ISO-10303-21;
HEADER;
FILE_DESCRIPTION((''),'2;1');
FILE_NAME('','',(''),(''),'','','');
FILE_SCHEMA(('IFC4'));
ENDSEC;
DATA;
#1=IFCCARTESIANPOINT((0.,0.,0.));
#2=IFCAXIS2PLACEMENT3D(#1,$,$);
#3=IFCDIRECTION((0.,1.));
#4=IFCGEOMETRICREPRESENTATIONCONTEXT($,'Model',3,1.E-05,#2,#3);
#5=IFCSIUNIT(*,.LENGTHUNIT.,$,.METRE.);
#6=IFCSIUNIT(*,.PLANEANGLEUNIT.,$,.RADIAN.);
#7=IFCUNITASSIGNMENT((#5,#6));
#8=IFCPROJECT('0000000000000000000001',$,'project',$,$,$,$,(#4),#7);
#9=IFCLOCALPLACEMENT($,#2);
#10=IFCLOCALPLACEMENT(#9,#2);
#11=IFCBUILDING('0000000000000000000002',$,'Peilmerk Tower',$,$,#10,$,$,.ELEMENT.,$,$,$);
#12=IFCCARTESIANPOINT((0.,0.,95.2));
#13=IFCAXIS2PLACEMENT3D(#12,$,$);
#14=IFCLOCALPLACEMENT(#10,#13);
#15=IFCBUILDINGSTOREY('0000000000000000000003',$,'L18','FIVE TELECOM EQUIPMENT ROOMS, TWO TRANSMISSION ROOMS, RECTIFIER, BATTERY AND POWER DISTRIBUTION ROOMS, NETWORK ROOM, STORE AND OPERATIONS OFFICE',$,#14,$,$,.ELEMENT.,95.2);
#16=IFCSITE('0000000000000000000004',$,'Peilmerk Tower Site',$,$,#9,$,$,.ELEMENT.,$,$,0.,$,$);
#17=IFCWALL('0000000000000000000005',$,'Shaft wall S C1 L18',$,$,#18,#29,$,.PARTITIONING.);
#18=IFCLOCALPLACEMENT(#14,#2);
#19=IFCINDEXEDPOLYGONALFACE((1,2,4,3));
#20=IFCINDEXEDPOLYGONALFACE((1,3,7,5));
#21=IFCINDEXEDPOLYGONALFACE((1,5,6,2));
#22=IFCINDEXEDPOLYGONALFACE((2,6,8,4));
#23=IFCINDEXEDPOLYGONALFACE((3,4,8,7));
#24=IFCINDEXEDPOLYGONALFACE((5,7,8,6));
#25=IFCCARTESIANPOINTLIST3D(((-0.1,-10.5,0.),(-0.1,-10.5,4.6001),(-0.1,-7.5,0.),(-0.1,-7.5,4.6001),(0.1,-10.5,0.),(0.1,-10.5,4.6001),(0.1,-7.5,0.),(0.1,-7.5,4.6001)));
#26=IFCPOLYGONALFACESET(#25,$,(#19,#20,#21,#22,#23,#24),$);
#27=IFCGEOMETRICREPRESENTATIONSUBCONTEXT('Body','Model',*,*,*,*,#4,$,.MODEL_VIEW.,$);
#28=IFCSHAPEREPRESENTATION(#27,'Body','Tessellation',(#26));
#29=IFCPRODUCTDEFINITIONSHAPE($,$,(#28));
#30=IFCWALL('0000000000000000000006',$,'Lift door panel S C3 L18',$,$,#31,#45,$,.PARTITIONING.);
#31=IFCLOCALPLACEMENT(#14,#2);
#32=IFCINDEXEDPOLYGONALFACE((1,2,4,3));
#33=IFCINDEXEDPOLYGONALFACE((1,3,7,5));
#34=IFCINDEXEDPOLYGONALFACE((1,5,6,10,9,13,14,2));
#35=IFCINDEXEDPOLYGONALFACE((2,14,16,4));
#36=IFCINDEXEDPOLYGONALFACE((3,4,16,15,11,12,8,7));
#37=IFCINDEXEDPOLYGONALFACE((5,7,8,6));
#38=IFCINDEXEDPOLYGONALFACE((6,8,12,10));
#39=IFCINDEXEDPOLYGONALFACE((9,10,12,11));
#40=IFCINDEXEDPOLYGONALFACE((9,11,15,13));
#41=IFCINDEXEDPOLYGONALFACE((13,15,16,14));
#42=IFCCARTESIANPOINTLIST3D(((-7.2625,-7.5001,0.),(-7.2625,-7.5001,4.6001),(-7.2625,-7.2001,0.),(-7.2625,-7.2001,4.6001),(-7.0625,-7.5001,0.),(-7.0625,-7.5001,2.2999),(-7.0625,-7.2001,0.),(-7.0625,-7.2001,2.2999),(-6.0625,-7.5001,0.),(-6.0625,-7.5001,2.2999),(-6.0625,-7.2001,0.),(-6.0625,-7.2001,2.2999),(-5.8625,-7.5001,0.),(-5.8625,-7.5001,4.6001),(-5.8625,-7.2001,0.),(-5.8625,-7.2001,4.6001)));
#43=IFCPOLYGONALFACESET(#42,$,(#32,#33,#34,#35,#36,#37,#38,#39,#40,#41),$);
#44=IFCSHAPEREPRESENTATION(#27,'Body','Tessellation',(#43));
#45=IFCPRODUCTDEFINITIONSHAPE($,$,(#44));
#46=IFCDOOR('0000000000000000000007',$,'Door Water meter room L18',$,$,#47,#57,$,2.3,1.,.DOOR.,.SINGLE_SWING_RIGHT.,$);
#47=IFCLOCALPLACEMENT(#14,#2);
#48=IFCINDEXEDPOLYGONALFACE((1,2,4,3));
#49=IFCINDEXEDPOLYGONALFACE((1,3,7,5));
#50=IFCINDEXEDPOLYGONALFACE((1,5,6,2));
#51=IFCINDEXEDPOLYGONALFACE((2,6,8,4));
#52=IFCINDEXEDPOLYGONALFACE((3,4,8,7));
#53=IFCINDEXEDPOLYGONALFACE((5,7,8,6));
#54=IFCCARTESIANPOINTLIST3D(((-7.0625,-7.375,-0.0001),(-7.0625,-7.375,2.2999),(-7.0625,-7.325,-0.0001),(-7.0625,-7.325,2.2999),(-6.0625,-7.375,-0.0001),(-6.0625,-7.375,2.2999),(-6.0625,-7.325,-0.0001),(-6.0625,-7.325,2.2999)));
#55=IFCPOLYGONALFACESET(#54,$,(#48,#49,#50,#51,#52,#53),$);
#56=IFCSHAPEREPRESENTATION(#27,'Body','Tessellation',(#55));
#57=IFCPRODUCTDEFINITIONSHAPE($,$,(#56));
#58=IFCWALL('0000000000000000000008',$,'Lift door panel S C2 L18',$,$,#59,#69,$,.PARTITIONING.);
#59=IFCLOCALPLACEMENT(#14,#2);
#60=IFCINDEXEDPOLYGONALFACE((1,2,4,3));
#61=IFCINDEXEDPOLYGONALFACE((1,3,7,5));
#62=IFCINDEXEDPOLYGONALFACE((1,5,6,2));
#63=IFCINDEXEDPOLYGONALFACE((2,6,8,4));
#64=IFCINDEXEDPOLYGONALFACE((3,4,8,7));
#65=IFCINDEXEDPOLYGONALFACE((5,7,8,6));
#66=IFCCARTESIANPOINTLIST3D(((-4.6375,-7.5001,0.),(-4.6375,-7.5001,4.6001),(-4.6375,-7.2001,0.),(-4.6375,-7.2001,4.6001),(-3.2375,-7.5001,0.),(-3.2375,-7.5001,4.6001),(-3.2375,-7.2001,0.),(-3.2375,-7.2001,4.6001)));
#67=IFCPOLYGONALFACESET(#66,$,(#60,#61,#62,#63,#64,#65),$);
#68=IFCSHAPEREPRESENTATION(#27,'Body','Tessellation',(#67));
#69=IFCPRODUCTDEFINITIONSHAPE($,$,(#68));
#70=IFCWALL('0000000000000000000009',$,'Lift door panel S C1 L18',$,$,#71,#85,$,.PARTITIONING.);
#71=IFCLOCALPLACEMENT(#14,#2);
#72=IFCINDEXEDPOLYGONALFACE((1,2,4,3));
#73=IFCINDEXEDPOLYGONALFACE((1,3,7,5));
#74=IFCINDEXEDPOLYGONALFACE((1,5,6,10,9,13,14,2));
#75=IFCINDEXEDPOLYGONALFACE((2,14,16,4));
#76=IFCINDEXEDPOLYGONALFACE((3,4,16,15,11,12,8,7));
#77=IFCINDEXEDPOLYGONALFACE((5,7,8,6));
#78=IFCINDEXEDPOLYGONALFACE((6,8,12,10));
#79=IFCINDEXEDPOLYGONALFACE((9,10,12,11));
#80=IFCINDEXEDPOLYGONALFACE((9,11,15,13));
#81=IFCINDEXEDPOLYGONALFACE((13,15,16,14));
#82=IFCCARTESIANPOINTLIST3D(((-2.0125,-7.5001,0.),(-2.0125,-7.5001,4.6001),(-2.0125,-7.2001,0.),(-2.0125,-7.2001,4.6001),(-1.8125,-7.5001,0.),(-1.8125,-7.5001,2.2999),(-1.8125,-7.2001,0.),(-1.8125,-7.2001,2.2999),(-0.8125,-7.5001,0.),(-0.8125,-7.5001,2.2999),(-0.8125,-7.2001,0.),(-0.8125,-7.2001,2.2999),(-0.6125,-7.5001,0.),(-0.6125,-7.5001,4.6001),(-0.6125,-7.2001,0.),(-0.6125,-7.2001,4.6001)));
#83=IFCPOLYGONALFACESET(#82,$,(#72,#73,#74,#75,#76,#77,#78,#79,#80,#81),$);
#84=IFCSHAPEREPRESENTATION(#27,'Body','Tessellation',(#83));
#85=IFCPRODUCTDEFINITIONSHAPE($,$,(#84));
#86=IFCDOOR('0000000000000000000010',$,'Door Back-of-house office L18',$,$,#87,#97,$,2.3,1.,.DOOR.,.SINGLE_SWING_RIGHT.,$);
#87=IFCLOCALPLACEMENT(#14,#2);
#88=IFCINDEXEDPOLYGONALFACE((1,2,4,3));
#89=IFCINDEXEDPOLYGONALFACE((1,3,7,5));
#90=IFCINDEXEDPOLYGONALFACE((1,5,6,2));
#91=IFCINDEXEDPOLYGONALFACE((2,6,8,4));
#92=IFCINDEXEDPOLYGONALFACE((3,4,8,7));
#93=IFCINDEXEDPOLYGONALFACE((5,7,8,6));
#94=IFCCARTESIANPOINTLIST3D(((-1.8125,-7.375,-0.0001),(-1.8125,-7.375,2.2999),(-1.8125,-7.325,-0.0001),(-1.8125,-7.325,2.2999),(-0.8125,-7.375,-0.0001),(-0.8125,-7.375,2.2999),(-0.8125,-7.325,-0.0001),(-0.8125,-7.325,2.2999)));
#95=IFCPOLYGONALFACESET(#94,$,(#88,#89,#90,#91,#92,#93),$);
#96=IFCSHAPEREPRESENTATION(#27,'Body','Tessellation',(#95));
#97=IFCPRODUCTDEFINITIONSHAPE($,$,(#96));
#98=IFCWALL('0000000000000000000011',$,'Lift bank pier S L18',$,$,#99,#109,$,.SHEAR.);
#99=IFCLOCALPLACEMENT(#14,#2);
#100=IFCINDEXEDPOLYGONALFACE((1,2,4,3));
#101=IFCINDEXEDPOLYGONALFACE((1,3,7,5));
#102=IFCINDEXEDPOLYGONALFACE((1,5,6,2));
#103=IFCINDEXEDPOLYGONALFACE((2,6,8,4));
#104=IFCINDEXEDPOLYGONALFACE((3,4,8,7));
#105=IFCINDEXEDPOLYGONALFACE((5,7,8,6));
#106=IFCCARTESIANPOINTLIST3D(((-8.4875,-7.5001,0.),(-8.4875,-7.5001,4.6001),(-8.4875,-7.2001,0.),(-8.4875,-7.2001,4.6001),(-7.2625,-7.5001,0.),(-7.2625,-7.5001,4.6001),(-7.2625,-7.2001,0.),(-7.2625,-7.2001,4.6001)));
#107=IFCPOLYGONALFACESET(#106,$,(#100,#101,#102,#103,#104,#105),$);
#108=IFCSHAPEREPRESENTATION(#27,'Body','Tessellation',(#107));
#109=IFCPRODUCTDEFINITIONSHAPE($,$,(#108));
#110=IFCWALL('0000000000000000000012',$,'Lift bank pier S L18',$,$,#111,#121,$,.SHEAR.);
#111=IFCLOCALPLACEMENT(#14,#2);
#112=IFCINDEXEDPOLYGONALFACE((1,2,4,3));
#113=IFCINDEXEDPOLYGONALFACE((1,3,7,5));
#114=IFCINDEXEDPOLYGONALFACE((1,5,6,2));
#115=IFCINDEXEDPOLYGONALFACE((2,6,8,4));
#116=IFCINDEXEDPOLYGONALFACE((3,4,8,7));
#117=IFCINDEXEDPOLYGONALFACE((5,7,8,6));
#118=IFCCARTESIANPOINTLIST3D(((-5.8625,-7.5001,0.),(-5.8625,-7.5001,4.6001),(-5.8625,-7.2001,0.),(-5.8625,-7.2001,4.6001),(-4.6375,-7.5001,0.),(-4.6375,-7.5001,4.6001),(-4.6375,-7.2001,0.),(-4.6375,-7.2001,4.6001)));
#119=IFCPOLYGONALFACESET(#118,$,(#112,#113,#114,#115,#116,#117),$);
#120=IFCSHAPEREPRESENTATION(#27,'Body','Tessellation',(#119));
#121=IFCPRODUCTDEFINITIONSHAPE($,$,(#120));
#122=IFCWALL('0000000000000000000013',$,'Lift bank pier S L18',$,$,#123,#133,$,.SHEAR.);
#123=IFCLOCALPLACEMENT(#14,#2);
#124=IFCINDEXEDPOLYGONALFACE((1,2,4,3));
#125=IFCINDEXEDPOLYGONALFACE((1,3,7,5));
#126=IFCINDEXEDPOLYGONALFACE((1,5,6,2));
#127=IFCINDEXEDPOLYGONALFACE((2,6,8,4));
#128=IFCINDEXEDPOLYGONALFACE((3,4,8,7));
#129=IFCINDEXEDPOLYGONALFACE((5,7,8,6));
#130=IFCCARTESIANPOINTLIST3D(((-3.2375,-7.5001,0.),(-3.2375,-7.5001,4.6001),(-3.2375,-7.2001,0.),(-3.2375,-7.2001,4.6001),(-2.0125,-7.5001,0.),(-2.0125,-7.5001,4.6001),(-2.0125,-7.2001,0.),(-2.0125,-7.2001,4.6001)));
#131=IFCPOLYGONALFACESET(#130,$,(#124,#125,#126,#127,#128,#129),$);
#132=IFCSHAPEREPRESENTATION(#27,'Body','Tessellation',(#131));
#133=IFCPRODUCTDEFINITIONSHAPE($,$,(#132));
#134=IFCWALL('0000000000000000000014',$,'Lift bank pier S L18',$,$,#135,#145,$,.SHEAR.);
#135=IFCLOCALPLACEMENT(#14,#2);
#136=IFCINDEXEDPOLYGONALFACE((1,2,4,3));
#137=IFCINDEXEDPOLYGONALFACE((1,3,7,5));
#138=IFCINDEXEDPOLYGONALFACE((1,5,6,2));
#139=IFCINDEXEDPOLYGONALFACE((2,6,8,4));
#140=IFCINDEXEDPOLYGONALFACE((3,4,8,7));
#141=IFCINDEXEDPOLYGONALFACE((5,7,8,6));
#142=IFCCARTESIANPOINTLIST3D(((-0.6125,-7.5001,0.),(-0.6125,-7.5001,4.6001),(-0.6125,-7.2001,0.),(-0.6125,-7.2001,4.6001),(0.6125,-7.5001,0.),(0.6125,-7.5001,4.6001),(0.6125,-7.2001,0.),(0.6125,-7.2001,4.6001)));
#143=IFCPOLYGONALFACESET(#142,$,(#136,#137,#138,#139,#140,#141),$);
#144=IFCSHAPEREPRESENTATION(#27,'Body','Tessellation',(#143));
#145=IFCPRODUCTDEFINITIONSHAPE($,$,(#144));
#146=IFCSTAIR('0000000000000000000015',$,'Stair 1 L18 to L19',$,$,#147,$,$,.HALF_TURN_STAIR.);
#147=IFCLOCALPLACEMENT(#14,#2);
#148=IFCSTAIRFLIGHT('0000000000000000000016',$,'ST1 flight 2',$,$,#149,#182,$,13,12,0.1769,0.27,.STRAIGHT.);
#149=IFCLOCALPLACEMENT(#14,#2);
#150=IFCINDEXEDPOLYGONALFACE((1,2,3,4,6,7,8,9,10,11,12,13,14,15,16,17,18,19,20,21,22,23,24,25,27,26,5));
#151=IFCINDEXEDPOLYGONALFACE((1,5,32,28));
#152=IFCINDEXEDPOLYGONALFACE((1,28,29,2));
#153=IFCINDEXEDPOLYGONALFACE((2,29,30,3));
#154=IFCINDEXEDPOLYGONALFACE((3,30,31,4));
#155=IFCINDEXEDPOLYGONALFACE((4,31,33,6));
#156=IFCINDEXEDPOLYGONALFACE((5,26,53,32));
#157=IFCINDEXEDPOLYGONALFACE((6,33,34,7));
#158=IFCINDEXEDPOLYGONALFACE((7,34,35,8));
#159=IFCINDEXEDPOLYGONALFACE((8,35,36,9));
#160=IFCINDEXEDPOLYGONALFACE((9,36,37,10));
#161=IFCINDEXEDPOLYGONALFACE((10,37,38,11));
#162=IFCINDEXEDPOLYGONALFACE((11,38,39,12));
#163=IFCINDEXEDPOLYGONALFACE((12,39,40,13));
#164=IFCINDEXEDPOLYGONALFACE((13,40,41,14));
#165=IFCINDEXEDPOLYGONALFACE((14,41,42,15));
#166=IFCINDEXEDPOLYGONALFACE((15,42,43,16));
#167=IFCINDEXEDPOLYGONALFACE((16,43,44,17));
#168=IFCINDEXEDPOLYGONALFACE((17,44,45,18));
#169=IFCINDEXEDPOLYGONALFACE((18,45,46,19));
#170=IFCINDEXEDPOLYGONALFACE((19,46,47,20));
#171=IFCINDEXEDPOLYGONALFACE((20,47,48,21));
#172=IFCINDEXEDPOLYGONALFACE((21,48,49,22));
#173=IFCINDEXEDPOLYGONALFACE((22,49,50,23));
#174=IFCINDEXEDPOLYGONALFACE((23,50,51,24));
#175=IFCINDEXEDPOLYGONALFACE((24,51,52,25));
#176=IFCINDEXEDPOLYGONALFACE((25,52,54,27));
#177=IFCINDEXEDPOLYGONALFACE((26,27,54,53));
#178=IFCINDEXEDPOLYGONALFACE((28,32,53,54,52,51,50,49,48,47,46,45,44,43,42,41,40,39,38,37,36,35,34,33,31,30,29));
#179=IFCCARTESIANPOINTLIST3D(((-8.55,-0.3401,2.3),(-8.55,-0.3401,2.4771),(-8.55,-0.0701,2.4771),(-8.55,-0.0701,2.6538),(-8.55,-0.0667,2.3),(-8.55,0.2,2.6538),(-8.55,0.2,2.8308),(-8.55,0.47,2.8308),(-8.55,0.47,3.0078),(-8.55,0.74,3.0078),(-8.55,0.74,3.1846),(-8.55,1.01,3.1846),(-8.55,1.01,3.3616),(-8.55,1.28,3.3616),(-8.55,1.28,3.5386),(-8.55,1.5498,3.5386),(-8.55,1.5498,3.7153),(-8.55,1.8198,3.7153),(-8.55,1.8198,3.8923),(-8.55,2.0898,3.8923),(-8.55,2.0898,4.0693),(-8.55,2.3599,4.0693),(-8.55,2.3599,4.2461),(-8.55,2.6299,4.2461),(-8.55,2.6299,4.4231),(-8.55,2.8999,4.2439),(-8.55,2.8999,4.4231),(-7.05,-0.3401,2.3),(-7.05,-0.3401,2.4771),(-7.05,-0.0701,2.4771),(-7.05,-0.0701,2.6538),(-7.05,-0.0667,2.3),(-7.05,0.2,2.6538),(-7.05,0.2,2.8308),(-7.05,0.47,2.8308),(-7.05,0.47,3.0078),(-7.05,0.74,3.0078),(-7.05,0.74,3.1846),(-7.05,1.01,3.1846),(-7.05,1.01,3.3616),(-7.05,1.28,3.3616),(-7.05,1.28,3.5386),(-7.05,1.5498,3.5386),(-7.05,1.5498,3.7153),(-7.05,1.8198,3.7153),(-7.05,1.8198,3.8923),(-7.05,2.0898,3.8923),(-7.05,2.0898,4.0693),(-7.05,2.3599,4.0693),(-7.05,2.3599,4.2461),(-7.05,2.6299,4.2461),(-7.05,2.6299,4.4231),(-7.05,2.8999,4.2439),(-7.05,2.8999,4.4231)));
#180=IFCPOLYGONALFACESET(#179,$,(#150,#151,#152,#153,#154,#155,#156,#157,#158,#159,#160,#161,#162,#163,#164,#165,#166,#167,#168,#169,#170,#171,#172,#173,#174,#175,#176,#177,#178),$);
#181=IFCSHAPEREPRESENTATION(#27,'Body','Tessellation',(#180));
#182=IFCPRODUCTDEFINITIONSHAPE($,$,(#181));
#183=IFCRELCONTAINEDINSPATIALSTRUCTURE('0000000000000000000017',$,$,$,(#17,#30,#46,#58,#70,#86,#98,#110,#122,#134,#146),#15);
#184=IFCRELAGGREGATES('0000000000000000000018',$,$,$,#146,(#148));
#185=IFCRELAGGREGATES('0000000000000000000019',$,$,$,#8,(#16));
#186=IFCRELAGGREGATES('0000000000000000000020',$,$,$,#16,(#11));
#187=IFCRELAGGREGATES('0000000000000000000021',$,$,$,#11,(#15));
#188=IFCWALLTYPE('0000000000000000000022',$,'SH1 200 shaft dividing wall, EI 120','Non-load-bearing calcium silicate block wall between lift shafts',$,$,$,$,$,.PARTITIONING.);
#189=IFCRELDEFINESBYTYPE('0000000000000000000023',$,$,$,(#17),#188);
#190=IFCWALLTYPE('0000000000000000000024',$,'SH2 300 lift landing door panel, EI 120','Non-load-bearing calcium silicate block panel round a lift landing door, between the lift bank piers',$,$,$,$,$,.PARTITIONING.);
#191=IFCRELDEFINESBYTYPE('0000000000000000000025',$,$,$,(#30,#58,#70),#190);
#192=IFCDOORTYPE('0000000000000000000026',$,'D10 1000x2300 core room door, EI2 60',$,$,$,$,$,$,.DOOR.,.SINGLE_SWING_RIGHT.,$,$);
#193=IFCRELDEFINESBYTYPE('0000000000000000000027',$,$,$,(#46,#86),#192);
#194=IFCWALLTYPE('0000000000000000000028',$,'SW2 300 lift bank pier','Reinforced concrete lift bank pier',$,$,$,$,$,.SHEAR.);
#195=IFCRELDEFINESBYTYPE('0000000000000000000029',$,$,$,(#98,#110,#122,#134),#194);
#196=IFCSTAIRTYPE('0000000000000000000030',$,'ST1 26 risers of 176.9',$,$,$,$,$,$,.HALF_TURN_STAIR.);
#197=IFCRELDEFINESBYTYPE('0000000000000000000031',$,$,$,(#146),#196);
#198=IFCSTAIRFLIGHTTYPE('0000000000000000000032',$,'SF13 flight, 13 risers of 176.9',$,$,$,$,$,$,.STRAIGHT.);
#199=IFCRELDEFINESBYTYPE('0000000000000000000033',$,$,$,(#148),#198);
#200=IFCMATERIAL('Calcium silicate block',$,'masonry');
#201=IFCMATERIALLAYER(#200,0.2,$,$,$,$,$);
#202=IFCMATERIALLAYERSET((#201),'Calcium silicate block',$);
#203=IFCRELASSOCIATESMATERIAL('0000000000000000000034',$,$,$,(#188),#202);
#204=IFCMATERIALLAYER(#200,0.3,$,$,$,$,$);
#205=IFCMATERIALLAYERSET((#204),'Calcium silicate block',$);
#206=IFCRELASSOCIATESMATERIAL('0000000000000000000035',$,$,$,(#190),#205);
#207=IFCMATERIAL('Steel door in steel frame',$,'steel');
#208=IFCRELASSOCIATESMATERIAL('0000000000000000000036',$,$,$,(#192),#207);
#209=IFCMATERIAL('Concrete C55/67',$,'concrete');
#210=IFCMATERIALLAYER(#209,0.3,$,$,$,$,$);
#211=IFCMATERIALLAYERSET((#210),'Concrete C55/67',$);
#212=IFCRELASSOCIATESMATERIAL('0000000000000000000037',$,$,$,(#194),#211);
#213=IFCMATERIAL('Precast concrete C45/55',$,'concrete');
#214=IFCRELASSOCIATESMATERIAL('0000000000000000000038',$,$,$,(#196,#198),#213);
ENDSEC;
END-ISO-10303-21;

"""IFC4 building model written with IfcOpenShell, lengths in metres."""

from ifc_helpers import new_model, si_unit, direction, frame, frame_2d, origin, place, context, subcontext, project, spatial, polyline, rectangle, outline, extrude, material, layer, layer_set, type_object, element, fill, aggregate, save


model = new_model("IFC4")

# Units and contexts
model_context = context("Model", 3, precision=1e-05, world=origin(), true_north=direction((0.0, 1.0)))
body_context = subcontext(model_context, "Body", "Model", "MODEL_VIEW")
ifc_project = project(units=[si_unit("LENGTHUNIT", "METRE"), si_unit("PLANEANGLEUNIT", "RADIAN")], contexts=[model_context])

# Site, building, storey
site_placement = place(None, origin())
site = spatial("IfcSite", under=ifc_project, at=site_placement, Name="Peilmerk Tower Site", CompositionType="ELEMENT", RefElevation=0.0)
building_placement = place(site_placement, origin())
building = spatial("IfcBuilding", under=site, at=building_placement, Name="Peilmerk Tower", CompositionType="ELEMENT")
storey_placement = place(building_placement, frame((0.0, 0.0, 95.2)))
storey = spatial("IfcBuildingStorey", under=building, at=storey_placement, Name="L18", Description="FIVE TELECOM EQUIPMENT ROOMS, TWO TRANSMISSION ROOMS, RECTIFIER, BATTERY AND POWER DISTRIBUTION ROOMS, NETWORK ROOM, STORE AND OPERATIONS OFFICE", CompositionType="ELEMENT", Elevation=95.2)

# Wall
ifc_material_1 = material(Name="Calcium silicate block", Category="masonry")
ifc_layer_1 = layer(ifc_material_1, 0.2)
ifc_layer_set_1 = layer_set([ifc_layer_1], Name="Calcium silicate block")
wall_type_1 = type_object("IfcWallType", Name="SH1 200 shaft dividing wall, EI 120", Description="Non-load-bearing calcium silicate block wall between lift shafts", PredefinedType="PARTITIONING", material=ifc_layer_set_1)
for number, where, z_axis, x_axis, name in (
    (1, (0.0, -10.5, 0.0), (0.0, 0.0, 1.0), (0.0, 1.0, 0.0), "Shaft wall S C1 L18"),
):
    element("IfcWall", number, at=place(storey_placement, frame(where, z_axis=z_axis, x_axis=x_axis)), inside=storey, type_object=wall_type_1, Name=name, PredefinedType="PARTITIONING", context=body_context, shape_type="SweptSolid", body=[
        extrude(rectangle(XDim=3.0, YDim=0.2, at=frame_2d((1.5, 0.0))), origin(), (0.0, 0.0, 1.0), 4.6001),
    ])

# Wall, opening, door
ifc_layer_2 = layer(ifc_material_1, 0.3)
ifc_layer_set_2 = layer_set([ifc_layer_2], Name="Calcium silicate block")
wall_type_2 = type_object("IfcWallType", Name="SH2 300 lift landing door panel, EI 120", Description="Non-load-bearing calcium silicate block panel round a lift landing door, between the lift bank piers", PredefinedType="PARTITIONING", material=ifc_layer_set_2)
wall_1_placement = place(storey_placement, frame((-7.2625, -7.3501, 0.0), z_axis=(0.0, 0.0, 1.0), x_axis=(1.0, 0.0, 0.0)))
wall_1 = element("IfcWall", 2, at=wall_1_placement, inside=storey, type_object=wall_type_2, Name="Lift door panel S C3 L18", PredefinedType="PARTITIONING", context=body_context, shape_type="SweptSolid", body=[
    extrude(rectangle(XDim=1.3999, YDim=0.3, at=frame_2d((0.7, 0.0))), origin(), (0.0, 0.0, 1.0), 4.6001),
])
opening_1_placement = place(wall_1_placement, frame((0.2, 0.0, 0.0)))
opening_1 = element("IfcOpeningElement", 3, at=opening_1_placement, cuts=wall_1, PredefinedType="OPENING", context=body_context, shape_type="SweptSolid", body=[
    extrude(rectangle(XDim=1.0, YDim=2.3, at=frame_2d((0.5, 1.1499))), frame((0.0, 0.1599, 0.0), z_axis=(0.0, -1.0, 0.0), x_axis=(1.0, 0.0, 0.0)), (0.0, 0.0, 1.0), 0.3201),
])
ifc_material_2 = material(Name="Steel door in steel frame", Category="steel")
door_type = type_object("IfcDoorType", Name="D10 1000x2300 core room door, EI2 60", OperationType="SINGLE_SWING_RIGHT", PredefinedType="DOOR", material=ifc_material_2)
door_1_placement = place(opening_1_placement, frame((1.0, 0.0, 0.0), z_axis=(0.0, 0.0, 1.0), x_axis=(-1.0, 0.0, 0.0)))
door_1 = element("IfcDoor", 4, at=door_1_placement, inside=storey, type_object=door_type, Name="Door Water meter room L18", OperationType="SINGLE_SWING_RIGHT", OverallHeight=2.3, OverallWidth=1.0, PredefinedType="DOOR", context=body_context, shape_type="SweptSolid", body=[
    extrude(rectangle(XDim=1.0, YDim=2.3, at=frame_2d((0.5, 1.1499))), frame((0.0, 0.0249, 0.0), z_axis=(0.0, -1.0, 0.0), x_axis=(1.0, 0.0, 0.0)), (0.0, 0.0, 1.0), 0.05),
])
fill(opening_1, door_1)

# Wall
wall_2_placement = place(storey_placement, frame((-4.6375, -7.3501, 0.0), z_axis=(0.0, 0.0, 1.0), x_axis=(1.0, 0.0, 0.0)))
element("IfcWall", 5, at=wall_2_placement, inside=storey, type_object=wall_type_2, Name="Lift door panel S C2 L18", PredefinedType="PARTITIONING", context=body_context, shape_type="SweptSolid", body=[
    extrude(rectangle(XDim=1.3999, YDim=0.3, at=frame_2d((0.7, 0.0))), origin(), (0.0, 0.0, 1.0), 4.6001),
])

# Wall, opening, door
wall_3_placement = place(storey_placement, frame((-2.0125, -7.3501, 0.0), z_axis=(0.0, 0.0, 1.0), x_axis=(1.0, 0.0, 0.0)))
wall_3 = element("IfcWall", 6, at=wall_3_placement, inside=storey, type_object=wall_type_2, Name="Lift door panel S C1 L18", PredefinedType="PARTITIONING", context=body_context, shape_type="SweptSolid", body=[
    extrude(rectangle(XDim=1.3999, YDim=0.3, at=frame_2d((0.7, 0.0))), origin(), (0.0, 0.0, 1.0), 4.6001),
])
opening_2_placement = place(wall_3_placement, frame((0.2, 0.0, 0.0)))
opening_2 = element("IfcOpeningElement", 7, at=opening_2_placement, cuts=wall_3, PredefinedType="OPENING", context=body_context, shape_type="SweptSolid", body=[
    extrude(rectangle(XDim=1.0, YDim=2.3, at=frame_2d((0.5, 1.1499))), frame((0.0, 0.1599, 0.0), z_axis=(0.0, -1.0, 0.0), x_axis=(1.0, 0.0, 0.0)), (0.0, 0.0, 1.0), 0.3201),
])
door_2_placement = place(opening_2_placement, frame((1.0, 0.0, 0.0), z_axis=(0.0, 0.0, 1.0), x_axis=(-1.0, 0.0, 0.0)))
door_2 = element("IfcDoor", 8, at=door_2_placement, inside=storey, type_object=door_type, Name="Door Back-of-house office L18", OperationType="SINGLE_SWING_RIGHT", OverallHeight=2.3, OverallWidth=1.0, PredefinedType="DOOR", context=body_context, shape_type="SweptSolid", body=[
    extrude(rectangle(XDim=1.0, YDim=2.3, at=frame_2d((0.5, 1.1499))), frame((0.0, 0.0249, 0.0), z_axis=(0.0, -1.0, 0.0), x_axis=(1.0, 0.0, 0.0)), (0.0, 0.0, 1.0), 0.05),
])
fill(opening_2, door_2)

# Walls
ifc_material_3 = material(Name="Concrete C55/67", Category="concrete")
ifc_layer_3 = layer(ifc_material_3, 0.3)
ifc_layer_set_3 = layer_set([ifc_layer_3], Name="Concrete C55/67")
wall_type_3 = type_object("IfcWallType", Name="SW2 300 lift bank pier", Description="Reinforced concrete lift bank pier", PredefinedType="SHEAR", material=ifc_layer_set_3)
for number, where, z_axis, x_axis, name in (
    (9, (-8.4875, -7.3501, 0.0), (0.0, 0.0, 1.0), (1.0, 0.0, 0.0), "Lift bank pier S L18"),
    (10, (-5.8625, -7.3501, 0.0), (0.0, 0.0, 1.0), (1.0, 0.0, 0.0), "Lift bank pier S L18"),
    (11, (-3.2375, -7.3501, 0.0), (0.0, 0.0, 1.0), (1.0, 0.0, 0.0), "Lift bank pier S L18"),
    (12, (-0.6125, -7.3501, 0.0), (0.0, 0.0, 1.0), (1.0, 0.0, 0.0), "Lift bank pier S L18"),
):
    element("IfcWall", number, at=place(storey_placement, frame(where, z_axis=z_axis, x_axis=x_axis)), inside=storey, type_object=wall_type_3, Name=name, PredefinedType="SHEAR", context=body_context, shape_type="SweptSolid", body=[
        extrude(rectangle(XDim=1.2251, YDim=0.3, at=frame_2d((0.6125, 0.0))), origin(), (0.0, 0.0, 1.0), 4.6001),
    ])

# Stair, stair flight
ifc_material_4 = material(Name="Precast concrete C45/55", Category="concrete")
stair_type = type_object("IfcStairType", Name="ST1 26 risers of 176.9", PredefinedType="HALF_TURN_STAIR", material=ifc_material_4)
stair_placement = place(storey_placement, origin())
stair = element("IfcStair", 13, at=stair_placement, inside=storey, type_object=stair_type, Name="Stair 1 L18 to L19", PredefinedType="HALF_TURN_STAIR")
stair_flight_type = type_object("IfcStairFlightType", Name="SF13 flight, 13 risers of 176.9", PredefinedType="STRAIGHT", material=ifc_material_4)
stair_flight_placement = place(storey_placement, frame((-7.8, -0.3401, 2.3), z_axis=(0.0, 0.0, 1.0), x_axis=(0.0, 1.0, 0.0)))
stair_flight = element("IfcStairFlight", 14, at=stair_flight_placement, type_object=stair_flight_type, Name="ST1 flight 2", NumberOfRisers=13, NumberOfTreads=12, PredefinedType="STRAIGHT", RiserHeight=0.1769, TreadLength=0.27, context=body_context, shape_type="SweptSolid", body=[
    extrude(outline(polyline([(0.0, 0.0), (0.0, 0.177), (0.27, 0.177), (0.27, 0.3538), (0.54, 0.3538), (0.54, 0.5308), (0.8101, 0.5308), (0.8101, 0.7078), (1.0801, 0.7078), (1.0801, 0.8845), (1.3501, 0.8845), (1.3501, 1.0615), (1.6201, 1.0615), (1.6201, 1.2385), (1.8899, 1.2385), (1.8899, 1.4153), (2.1599, 1.4153), (2.1599, 1.5923), (2.4299, 1.5923), (2.4299, 1.7693), (2.7, 1.7693), (2.7, 1.946), (2.97, 1.946), (2.97, 2.123), (3.24, 2.123), (3.24, 2.3), (3.24, 1.9438), (0.2734, 0.0), (0.0, 0.0)])), frame((0.0, 0.75, 0.0), z_axis=(0.0, -1.0, 0.0), x_axis=(1.0, 0.0, 0.0)), (0.0, 0.0, 1.0), 1.5),
])
aggregate(stair, [stair_flight])

save(model, "model.ifc")
